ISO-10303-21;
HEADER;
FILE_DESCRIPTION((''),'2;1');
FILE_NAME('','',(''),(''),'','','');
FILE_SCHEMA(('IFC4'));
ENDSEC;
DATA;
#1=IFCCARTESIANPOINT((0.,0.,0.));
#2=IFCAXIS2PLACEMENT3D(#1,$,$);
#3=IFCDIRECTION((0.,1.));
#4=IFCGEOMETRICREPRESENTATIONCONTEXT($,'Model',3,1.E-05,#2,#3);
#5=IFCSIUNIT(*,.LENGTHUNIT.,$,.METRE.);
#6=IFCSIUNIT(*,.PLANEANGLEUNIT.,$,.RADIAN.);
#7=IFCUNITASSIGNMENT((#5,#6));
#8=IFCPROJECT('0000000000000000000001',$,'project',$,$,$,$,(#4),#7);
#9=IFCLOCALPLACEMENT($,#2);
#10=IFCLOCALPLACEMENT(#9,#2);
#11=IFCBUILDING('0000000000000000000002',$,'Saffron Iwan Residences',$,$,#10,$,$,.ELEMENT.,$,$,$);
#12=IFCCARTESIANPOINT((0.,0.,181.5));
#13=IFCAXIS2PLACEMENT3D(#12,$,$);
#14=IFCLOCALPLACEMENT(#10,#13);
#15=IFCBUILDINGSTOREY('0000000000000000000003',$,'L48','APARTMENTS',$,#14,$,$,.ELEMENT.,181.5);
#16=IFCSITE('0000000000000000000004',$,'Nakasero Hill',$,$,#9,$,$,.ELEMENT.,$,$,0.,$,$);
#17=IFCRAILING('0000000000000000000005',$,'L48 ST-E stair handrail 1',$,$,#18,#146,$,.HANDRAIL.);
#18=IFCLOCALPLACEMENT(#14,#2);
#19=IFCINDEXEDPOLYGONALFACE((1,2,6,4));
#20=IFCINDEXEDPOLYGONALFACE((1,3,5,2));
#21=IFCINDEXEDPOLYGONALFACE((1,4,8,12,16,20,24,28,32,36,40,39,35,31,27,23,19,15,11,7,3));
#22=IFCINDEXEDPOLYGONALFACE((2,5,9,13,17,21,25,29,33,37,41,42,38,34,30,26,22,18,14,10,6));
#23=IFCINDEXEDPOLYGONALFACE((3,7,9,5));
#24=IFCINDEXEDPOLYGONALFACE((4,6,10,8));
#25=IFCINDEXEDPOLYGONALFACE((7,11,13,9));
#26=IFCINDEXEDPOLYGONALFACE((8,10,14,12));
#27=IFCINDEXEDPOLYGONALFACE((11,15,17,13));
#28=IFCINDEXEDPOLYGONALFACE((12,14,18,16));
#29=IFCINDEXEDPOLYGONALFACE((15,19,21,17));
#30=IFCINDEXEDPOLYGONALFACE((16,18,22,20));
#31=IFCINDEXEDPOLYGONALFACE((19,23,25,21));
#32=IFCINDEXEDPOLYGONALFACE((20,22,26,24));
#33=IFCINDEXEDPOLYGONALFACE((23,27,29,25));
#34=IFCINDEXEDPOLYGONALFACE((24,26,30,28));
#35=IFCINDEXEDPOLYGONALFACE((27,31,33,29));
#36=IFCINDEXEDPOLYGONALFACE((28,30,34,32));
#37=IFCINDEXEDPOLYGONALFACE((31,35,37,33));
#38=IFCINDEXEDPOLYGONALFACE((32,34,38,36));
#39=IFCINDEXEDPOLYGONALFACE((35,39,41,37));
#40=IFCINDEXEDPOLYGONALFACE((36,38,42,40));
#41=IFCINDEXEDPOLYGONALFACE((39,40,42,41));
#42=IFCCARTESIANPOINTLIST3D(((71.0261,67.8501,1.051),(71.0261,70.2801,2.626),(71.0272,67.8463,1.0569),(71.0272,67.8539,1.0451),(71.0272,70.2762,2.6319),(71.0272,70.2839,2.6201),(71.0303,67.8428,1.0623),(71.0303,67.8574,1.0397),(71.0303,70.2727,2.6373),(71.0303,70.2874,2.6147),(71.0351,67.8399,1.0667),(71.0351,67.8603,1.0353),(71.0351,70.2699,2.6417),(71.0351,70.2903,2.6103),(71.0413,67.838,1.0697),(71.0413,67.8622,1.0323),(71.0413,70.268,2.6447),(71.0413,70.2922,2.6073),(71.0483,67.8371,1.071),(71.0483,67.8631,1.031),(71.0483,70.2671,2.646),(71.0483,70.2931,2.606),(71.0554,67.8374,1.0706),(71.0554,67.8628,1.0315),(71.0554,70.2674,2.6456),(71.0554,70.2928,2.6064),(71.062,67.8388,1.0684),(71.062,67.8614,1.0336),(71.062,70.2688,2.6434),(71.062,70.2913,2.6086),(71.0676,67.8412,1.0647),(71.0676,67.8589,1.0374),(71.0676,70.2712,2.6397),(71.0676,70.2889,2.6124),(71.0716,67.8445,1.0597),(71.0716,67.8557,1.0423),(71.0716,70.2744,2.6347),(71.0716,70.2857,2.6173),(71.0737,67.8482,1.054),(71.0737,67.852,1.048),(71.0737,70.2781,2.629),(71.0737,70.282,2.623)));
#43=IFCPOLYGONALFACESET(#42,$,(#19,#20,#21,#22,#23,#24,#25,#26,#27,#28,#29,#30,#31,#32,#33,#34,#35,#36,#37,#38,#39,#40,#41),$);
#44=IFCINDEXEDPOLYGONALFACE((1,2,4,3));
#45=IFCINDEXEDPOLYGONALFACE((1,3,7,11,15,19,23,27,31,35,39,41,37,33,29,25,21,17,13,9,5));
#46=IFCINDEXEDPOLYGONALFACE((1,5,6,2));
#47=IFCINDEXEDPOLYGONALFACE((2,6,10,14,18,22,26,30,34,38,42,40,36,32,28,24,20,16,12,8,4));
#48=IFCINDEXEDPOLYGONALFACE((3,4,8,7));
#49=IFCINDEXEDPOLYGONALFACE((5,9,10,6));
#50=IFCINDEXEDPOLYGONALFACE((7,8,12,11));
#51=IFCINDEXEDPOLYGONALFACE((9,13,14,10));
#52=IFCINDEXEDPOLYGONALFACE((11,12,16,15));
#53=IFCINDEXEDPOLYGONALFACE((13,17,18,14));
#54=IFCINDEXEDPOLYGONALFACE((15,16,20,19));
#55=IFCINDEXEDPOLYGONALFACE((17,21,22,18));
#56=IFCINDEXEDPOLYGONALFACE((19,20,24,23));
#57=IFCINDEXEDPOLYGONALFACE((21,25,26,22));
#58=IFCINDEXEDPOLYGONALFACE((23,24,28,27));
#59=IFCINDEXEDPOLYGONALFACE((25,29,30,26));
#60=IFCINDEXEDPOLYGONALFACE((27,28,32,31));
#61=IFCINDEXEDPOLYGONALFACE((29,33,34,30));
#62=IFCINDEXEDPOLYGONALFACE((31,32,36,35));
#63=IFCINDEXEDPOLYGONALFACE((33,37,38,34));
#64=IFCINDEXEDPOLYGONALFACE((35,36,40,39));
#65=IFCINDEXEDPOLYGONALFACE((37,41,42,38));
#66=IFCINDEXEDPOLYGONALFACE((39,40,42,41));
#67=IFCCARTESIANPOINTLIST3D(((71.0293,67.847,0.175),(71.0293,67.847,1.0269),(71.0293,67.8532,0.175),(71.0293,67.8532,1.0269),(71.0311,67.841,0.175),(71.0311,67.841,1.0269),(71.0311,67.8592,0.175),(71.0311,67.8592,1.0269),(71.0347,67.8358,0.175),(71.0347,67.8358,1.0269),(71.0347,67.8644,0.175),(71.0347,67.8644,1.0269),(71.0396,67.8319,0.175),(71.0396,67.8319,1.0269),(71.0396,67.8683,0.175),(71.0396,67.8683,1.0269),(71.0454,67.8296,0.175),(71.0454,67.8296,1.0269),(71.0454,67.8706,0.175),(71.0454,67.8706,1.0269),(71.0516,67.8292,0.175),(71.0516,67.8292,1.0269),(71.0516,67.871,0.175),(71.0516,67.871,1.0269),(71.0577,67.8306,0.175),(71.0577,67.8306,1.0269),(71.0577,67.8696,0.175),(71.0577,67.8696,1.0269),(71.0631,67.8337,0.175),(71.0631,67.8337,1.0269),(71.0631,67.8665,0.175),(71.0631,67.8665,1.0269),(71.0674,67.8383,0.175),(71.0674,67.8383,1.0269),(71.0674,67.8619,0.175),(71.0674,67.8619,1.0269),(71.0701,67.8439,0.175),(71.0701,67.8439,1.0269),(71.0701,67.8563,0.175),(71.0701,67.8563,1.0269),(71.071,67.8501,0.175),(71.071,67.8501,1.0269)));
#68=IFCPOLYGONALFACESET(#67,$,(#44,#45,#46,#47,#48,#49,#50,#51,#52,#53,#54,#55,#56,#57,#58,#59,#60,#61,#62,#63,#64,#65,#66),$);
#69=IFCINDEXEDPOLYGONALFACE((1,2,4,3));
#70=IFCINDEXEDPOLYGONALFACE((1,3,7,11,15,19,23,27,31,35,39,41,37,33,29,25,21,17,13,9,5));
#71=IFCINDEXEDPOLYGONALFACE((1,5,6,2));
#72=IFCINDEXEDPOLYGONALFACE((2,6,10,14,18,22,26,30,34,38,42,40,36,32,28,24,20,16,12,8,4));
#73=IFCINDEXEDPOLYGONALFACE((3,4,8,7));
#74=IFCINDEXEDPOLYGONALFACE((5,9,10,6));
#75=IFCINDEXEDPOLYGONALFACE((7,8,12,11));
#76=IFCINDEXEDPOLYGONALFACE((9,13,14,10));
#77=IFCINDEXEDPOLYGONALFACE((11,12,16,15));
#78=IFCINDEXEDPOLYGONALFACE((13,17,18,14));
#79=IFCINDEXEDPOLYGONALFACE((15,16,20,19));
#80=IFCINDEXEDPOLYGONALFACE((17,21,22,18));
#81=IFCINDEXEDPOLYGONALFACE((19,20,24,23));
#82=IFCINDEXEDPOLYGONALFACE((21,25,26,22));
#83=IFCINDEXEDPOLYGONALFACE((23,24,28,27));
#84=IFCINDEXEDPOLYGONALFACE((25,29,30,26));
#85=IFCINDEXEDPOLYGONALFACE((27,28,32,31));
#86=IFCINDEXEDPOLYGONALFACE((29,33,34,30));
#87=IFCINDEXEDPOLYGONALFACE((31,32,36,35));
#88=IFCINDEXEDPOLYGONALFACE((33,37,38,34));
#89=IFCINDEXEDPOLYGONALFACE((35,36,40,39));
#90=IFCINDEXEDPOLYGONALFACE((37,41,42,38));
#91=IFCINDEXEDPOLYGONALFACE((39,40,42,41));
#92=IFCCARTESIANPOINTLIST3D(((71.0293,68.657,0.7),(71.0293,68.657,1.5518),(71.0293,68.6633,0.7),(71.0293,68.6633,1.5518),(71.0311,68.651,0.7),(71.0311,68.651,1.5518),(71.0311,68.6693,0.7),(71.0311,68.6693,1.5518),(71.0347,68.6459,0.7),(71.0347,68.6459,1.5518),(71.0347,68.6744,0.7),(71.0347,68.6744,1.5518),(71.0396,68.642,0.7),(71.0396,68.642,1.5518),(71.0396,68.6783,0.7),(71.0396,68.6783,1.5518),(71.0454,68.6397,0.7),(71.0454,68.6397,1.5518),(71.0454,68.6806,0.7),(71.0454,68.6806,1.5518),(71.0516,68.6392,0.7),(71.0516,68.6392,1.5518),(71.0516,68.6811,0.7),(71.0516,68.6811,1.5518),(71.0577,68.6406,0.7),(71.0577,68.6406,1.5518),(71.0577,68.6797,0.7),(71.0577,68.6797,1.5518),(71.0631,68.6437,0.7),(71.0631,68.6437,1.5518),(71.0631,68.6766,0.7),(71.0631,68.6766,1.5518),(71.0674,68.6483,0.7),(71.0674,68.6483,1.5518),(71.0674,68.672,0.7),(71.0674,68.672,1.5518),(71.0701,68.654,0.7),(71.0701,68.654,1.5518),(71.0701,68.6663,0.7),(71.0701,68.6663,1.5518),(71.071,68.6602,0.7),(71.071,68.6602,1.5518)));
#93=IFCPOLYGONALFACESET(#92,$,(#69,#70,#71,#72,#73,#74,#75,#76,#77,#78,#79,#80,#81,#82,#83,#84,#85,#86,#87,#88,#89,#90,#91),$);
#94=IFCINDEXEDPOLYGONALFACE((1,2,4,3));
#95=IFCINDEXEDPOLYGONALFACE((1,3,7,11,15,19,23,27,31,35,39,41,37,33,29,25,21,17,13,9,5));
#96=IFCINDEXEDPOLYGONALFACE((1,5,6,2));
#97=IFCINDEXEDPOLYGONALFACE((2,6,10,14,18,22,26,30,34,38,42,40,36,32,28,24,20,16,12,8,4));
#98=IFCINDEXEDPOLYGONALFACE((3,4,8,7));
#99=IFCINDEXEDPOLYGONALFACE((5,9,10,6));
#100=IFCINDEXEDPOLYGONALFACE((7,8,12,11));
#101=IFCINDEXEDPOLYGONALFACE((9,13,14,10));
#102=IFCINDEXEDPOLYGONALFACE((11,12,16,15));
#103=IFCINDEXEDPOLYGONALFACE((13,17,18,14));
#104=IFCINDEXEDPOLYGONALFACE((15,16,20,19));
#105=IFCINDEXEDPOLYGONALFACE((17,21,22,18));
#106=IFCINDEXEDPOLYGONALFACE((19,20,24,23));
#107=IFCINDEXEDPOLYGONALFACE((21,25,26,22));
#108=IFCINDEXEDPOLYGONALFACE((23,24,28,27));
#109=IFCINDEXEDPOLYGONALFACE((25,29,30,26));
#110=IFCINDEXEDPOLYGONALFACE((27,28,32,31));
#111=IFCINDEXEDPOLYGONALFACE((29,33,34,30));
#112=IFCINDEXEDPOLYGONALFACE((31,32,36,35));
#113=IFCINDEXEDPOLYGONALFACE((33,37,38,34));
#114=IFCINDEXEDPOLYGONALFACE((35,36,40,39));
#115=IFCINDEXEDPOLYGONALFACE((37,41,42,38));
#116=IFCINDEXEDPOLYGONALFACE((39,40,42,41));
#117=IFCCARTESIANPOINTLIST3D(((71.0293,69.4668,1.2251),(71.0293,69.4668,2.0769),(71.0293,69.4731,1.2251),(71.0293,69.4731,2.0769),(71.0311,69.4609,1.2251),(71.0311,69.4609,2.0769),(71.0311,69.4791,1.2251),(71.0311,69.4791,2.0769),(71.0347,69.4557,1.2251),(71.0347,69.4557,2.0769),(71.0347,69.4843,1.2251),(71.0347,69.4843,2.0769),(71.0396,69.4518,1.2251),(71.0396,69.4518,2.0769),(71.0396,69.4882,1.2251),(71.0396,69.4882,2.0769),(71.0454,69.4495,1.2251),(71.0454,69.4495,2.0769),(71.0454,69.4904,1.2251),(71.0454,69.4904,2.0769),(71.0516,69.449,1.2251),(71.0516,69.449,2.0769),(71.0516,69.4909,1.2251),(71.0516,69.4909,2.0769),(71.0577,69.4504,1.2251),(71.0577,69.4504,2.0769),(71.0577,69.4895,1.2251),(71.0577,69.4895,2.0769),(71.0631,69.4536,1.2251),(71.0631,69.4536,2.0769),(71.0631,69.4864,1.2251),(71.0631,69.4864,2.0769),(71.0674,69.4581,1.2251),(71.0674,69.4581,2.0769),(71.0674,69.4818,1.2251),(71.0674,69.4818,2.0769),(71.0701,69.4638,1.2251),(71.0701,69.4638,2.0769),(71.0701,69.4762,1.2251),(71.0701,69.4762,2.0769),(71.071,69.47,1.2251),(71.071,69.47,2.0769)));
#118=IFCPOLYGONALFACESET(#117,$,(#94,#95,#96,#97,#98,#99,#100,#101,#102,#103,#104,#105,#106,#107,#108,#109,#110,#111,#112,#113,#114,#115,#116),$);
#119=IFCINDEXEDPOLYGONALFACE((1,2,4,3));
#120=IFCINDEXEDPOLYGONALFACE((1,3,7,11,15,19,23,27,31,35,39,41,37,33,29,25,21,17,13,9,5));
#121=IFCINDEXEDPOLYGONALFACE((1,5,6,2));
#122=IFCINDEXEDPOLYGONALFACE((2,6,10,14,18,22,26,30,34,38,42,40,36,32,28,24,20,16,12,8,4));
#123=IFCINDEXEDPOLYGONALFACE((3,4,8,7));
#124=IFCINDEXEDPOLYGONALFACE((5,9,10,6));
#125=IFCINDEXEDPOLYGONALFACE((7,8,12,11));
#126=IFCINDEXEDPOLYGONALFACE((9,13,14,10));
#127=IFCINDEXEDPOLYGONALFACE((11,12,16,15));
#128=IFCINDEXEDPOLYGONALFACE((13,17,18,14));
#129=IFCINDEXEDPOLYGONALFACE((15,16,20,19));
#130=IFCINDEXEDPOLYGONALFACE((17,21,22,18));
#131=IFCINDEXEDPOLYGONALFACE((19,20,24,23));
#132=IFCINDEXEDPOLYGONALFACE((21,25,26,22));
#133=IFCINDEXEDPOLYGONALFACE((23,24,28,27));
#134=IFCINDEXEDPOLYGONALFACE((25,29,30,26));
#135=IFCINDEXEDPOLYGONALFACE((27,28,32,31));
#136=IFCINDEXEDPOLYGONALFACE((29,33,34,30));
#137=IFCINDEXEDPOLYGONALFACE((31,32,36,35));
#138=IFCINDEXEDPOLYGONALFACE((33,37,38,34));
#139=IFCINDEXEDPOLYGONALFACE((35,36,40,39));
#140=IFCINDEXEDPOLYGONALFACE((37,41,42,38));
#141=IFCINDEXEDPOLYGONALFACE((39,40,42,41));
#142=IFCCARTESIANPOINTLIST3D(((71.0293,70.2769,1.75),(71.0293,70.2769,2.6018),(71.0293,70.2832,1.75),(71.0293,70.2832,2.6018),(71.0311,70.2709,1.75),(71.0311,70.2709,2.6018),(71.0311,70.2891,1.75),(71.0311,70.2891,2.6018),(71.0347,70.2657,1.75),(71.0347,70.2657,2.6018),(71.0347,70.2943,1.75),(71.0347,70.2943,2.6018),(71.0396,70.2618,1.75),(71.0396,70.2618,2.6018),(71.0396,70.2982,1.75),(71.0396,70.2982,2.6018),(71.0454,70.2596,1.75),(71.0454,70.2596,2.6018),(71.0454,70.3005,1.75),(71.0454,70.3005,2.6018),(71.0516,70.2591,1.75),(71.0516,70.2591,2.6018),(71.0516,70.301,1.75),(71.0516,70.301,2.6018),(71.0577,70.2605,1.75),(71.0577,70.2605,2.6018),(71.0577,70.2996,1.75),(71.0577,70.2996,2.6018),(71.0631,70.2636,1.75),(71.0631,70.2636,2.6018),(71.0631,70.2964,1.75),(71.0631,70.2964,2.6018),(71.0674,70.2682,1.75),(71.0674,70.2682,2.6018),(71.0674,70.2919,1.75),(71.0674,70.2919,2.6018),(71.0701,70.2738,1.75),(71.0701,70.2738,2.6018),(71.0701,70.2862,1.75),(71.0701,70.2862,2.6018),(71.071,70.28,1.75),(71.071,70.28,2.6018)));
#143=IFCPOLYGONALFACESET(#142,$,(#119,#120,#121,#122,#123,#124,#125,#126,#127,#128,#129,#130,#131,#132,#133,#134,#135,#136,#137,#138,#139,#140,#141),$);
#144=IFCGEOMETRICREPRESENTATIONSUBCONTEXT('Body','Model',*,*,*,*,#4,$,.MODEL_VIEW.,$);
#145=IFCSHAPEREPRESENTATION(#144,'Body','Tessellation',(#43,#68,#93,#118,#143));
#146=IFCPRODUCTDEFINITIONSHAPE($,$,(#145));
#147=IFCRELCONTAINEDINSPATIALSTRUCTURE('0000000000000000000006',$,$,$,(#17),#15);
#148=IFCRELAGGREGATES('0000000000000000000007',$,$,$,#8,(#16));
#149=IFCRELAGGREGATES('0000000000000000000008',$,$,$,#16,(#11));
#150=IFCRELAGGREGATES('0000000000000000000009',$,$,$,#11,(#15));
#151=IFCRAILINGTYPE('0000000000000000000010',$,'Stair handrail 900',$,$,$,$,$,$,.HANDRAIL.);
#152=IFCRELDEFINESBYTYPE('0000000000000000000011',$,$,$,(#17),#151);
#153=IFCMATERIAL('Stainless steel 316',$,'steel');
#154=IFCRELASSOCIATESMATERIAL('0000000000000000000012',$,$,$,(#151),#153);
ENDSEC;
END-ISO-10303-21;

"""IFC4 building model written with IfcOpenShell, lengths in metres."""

from ifc_helpers import new_model, si_unit, direction, frame, origin, origin_2d, place, context, subcontext, project, spatial, circle, extrude, material, type_object, element, save


model = new_model("IFC4")

# Units and contexts
model_context = context("Model", 3, precision=1e-05, world=origin(), true_north=direction((0.0, 1.0)))
body_context = subcontext(model_context, "Body", "Model", "MODEL_VIEW")
ifc_project = project(units=[si_unit("LENGTHUNIT", "METRE"), si_unit("PLANEANGLEUNIT", "RADIAN")], contexts=[model_context])

# Site, building, storey
site_placement = place(None, origin())
site = spatial("IfcSite", under=ifc_project, at=site_placement, Name="Nakasero Hill", CompositionType="ELEMENT", RefElevation=0.0)
building_placement = place(site_placement, origin())
building = spatial("IfcBuilding", under=site, at=building_placement, Name="Saffron Iwan Residences", CompositionType="ELEMENT")
storey_placement = place(building_placement, frame((0.0, 0.0, 181.5)))
storey = spatial("IfcBuildingStorey", under=building, at=storey_placement, Name="L48", Description="APARTMENTS", CompositionType="ELEMENT", Elevation=181.5)

# Railing
ifc_material_1 = material(Name="Stainless steel 316", Category="steel")
railing_type_1 = type_object("IfcRailingType", Name="Stair handrail 900", PredefinedType="HANDRAIL", material=ifc_material_1)
railing_1_placement = place(storey_placement, frame((71.05, 67.8501, 0.175)))
element("IfcRailing", 1, at=railing_1_placement, inside=storey, type_object=railing_type_1, Name="L48 ST-E stair handrail 1", PredefinedType="HANDRAIL", context=body_context, shape_type="SweptSolid", body=[
    extrude(circle(Radius=0.0239, at=origin_2d()), frame((0.0, 0.0, 0.876), z_axis=(0.0, 0.839154, 0.543894), x_axis=(-1.0, 0.0, 0.0)), (0.0, 0.0, 1.0), 2.8958),
    extrude(circle(Radius=0.021, at=origin_2d()), origin(), (0.0, 0.0, 1.0), 0.8518),
    extrude(circle(Radius=0.021, at=origin_2d()), frame((0.0, 0.8101, 0.5249)), (0.0, 0.0, 1.0), 0.8518),
    extrude(circle(Radius=0.021, at=origin_2d()), frame((0.0, 1.6199, 1.05)), (0.0, 0.0, 1.0), 0.8518),
    extrude(circle(Radius=0.021, at=origin_2d()), frame((0.0, 2.4299, 1.575)), (0.0, 0.0, 1.0), 0.8518),
])

save(model, "model.ifc")
